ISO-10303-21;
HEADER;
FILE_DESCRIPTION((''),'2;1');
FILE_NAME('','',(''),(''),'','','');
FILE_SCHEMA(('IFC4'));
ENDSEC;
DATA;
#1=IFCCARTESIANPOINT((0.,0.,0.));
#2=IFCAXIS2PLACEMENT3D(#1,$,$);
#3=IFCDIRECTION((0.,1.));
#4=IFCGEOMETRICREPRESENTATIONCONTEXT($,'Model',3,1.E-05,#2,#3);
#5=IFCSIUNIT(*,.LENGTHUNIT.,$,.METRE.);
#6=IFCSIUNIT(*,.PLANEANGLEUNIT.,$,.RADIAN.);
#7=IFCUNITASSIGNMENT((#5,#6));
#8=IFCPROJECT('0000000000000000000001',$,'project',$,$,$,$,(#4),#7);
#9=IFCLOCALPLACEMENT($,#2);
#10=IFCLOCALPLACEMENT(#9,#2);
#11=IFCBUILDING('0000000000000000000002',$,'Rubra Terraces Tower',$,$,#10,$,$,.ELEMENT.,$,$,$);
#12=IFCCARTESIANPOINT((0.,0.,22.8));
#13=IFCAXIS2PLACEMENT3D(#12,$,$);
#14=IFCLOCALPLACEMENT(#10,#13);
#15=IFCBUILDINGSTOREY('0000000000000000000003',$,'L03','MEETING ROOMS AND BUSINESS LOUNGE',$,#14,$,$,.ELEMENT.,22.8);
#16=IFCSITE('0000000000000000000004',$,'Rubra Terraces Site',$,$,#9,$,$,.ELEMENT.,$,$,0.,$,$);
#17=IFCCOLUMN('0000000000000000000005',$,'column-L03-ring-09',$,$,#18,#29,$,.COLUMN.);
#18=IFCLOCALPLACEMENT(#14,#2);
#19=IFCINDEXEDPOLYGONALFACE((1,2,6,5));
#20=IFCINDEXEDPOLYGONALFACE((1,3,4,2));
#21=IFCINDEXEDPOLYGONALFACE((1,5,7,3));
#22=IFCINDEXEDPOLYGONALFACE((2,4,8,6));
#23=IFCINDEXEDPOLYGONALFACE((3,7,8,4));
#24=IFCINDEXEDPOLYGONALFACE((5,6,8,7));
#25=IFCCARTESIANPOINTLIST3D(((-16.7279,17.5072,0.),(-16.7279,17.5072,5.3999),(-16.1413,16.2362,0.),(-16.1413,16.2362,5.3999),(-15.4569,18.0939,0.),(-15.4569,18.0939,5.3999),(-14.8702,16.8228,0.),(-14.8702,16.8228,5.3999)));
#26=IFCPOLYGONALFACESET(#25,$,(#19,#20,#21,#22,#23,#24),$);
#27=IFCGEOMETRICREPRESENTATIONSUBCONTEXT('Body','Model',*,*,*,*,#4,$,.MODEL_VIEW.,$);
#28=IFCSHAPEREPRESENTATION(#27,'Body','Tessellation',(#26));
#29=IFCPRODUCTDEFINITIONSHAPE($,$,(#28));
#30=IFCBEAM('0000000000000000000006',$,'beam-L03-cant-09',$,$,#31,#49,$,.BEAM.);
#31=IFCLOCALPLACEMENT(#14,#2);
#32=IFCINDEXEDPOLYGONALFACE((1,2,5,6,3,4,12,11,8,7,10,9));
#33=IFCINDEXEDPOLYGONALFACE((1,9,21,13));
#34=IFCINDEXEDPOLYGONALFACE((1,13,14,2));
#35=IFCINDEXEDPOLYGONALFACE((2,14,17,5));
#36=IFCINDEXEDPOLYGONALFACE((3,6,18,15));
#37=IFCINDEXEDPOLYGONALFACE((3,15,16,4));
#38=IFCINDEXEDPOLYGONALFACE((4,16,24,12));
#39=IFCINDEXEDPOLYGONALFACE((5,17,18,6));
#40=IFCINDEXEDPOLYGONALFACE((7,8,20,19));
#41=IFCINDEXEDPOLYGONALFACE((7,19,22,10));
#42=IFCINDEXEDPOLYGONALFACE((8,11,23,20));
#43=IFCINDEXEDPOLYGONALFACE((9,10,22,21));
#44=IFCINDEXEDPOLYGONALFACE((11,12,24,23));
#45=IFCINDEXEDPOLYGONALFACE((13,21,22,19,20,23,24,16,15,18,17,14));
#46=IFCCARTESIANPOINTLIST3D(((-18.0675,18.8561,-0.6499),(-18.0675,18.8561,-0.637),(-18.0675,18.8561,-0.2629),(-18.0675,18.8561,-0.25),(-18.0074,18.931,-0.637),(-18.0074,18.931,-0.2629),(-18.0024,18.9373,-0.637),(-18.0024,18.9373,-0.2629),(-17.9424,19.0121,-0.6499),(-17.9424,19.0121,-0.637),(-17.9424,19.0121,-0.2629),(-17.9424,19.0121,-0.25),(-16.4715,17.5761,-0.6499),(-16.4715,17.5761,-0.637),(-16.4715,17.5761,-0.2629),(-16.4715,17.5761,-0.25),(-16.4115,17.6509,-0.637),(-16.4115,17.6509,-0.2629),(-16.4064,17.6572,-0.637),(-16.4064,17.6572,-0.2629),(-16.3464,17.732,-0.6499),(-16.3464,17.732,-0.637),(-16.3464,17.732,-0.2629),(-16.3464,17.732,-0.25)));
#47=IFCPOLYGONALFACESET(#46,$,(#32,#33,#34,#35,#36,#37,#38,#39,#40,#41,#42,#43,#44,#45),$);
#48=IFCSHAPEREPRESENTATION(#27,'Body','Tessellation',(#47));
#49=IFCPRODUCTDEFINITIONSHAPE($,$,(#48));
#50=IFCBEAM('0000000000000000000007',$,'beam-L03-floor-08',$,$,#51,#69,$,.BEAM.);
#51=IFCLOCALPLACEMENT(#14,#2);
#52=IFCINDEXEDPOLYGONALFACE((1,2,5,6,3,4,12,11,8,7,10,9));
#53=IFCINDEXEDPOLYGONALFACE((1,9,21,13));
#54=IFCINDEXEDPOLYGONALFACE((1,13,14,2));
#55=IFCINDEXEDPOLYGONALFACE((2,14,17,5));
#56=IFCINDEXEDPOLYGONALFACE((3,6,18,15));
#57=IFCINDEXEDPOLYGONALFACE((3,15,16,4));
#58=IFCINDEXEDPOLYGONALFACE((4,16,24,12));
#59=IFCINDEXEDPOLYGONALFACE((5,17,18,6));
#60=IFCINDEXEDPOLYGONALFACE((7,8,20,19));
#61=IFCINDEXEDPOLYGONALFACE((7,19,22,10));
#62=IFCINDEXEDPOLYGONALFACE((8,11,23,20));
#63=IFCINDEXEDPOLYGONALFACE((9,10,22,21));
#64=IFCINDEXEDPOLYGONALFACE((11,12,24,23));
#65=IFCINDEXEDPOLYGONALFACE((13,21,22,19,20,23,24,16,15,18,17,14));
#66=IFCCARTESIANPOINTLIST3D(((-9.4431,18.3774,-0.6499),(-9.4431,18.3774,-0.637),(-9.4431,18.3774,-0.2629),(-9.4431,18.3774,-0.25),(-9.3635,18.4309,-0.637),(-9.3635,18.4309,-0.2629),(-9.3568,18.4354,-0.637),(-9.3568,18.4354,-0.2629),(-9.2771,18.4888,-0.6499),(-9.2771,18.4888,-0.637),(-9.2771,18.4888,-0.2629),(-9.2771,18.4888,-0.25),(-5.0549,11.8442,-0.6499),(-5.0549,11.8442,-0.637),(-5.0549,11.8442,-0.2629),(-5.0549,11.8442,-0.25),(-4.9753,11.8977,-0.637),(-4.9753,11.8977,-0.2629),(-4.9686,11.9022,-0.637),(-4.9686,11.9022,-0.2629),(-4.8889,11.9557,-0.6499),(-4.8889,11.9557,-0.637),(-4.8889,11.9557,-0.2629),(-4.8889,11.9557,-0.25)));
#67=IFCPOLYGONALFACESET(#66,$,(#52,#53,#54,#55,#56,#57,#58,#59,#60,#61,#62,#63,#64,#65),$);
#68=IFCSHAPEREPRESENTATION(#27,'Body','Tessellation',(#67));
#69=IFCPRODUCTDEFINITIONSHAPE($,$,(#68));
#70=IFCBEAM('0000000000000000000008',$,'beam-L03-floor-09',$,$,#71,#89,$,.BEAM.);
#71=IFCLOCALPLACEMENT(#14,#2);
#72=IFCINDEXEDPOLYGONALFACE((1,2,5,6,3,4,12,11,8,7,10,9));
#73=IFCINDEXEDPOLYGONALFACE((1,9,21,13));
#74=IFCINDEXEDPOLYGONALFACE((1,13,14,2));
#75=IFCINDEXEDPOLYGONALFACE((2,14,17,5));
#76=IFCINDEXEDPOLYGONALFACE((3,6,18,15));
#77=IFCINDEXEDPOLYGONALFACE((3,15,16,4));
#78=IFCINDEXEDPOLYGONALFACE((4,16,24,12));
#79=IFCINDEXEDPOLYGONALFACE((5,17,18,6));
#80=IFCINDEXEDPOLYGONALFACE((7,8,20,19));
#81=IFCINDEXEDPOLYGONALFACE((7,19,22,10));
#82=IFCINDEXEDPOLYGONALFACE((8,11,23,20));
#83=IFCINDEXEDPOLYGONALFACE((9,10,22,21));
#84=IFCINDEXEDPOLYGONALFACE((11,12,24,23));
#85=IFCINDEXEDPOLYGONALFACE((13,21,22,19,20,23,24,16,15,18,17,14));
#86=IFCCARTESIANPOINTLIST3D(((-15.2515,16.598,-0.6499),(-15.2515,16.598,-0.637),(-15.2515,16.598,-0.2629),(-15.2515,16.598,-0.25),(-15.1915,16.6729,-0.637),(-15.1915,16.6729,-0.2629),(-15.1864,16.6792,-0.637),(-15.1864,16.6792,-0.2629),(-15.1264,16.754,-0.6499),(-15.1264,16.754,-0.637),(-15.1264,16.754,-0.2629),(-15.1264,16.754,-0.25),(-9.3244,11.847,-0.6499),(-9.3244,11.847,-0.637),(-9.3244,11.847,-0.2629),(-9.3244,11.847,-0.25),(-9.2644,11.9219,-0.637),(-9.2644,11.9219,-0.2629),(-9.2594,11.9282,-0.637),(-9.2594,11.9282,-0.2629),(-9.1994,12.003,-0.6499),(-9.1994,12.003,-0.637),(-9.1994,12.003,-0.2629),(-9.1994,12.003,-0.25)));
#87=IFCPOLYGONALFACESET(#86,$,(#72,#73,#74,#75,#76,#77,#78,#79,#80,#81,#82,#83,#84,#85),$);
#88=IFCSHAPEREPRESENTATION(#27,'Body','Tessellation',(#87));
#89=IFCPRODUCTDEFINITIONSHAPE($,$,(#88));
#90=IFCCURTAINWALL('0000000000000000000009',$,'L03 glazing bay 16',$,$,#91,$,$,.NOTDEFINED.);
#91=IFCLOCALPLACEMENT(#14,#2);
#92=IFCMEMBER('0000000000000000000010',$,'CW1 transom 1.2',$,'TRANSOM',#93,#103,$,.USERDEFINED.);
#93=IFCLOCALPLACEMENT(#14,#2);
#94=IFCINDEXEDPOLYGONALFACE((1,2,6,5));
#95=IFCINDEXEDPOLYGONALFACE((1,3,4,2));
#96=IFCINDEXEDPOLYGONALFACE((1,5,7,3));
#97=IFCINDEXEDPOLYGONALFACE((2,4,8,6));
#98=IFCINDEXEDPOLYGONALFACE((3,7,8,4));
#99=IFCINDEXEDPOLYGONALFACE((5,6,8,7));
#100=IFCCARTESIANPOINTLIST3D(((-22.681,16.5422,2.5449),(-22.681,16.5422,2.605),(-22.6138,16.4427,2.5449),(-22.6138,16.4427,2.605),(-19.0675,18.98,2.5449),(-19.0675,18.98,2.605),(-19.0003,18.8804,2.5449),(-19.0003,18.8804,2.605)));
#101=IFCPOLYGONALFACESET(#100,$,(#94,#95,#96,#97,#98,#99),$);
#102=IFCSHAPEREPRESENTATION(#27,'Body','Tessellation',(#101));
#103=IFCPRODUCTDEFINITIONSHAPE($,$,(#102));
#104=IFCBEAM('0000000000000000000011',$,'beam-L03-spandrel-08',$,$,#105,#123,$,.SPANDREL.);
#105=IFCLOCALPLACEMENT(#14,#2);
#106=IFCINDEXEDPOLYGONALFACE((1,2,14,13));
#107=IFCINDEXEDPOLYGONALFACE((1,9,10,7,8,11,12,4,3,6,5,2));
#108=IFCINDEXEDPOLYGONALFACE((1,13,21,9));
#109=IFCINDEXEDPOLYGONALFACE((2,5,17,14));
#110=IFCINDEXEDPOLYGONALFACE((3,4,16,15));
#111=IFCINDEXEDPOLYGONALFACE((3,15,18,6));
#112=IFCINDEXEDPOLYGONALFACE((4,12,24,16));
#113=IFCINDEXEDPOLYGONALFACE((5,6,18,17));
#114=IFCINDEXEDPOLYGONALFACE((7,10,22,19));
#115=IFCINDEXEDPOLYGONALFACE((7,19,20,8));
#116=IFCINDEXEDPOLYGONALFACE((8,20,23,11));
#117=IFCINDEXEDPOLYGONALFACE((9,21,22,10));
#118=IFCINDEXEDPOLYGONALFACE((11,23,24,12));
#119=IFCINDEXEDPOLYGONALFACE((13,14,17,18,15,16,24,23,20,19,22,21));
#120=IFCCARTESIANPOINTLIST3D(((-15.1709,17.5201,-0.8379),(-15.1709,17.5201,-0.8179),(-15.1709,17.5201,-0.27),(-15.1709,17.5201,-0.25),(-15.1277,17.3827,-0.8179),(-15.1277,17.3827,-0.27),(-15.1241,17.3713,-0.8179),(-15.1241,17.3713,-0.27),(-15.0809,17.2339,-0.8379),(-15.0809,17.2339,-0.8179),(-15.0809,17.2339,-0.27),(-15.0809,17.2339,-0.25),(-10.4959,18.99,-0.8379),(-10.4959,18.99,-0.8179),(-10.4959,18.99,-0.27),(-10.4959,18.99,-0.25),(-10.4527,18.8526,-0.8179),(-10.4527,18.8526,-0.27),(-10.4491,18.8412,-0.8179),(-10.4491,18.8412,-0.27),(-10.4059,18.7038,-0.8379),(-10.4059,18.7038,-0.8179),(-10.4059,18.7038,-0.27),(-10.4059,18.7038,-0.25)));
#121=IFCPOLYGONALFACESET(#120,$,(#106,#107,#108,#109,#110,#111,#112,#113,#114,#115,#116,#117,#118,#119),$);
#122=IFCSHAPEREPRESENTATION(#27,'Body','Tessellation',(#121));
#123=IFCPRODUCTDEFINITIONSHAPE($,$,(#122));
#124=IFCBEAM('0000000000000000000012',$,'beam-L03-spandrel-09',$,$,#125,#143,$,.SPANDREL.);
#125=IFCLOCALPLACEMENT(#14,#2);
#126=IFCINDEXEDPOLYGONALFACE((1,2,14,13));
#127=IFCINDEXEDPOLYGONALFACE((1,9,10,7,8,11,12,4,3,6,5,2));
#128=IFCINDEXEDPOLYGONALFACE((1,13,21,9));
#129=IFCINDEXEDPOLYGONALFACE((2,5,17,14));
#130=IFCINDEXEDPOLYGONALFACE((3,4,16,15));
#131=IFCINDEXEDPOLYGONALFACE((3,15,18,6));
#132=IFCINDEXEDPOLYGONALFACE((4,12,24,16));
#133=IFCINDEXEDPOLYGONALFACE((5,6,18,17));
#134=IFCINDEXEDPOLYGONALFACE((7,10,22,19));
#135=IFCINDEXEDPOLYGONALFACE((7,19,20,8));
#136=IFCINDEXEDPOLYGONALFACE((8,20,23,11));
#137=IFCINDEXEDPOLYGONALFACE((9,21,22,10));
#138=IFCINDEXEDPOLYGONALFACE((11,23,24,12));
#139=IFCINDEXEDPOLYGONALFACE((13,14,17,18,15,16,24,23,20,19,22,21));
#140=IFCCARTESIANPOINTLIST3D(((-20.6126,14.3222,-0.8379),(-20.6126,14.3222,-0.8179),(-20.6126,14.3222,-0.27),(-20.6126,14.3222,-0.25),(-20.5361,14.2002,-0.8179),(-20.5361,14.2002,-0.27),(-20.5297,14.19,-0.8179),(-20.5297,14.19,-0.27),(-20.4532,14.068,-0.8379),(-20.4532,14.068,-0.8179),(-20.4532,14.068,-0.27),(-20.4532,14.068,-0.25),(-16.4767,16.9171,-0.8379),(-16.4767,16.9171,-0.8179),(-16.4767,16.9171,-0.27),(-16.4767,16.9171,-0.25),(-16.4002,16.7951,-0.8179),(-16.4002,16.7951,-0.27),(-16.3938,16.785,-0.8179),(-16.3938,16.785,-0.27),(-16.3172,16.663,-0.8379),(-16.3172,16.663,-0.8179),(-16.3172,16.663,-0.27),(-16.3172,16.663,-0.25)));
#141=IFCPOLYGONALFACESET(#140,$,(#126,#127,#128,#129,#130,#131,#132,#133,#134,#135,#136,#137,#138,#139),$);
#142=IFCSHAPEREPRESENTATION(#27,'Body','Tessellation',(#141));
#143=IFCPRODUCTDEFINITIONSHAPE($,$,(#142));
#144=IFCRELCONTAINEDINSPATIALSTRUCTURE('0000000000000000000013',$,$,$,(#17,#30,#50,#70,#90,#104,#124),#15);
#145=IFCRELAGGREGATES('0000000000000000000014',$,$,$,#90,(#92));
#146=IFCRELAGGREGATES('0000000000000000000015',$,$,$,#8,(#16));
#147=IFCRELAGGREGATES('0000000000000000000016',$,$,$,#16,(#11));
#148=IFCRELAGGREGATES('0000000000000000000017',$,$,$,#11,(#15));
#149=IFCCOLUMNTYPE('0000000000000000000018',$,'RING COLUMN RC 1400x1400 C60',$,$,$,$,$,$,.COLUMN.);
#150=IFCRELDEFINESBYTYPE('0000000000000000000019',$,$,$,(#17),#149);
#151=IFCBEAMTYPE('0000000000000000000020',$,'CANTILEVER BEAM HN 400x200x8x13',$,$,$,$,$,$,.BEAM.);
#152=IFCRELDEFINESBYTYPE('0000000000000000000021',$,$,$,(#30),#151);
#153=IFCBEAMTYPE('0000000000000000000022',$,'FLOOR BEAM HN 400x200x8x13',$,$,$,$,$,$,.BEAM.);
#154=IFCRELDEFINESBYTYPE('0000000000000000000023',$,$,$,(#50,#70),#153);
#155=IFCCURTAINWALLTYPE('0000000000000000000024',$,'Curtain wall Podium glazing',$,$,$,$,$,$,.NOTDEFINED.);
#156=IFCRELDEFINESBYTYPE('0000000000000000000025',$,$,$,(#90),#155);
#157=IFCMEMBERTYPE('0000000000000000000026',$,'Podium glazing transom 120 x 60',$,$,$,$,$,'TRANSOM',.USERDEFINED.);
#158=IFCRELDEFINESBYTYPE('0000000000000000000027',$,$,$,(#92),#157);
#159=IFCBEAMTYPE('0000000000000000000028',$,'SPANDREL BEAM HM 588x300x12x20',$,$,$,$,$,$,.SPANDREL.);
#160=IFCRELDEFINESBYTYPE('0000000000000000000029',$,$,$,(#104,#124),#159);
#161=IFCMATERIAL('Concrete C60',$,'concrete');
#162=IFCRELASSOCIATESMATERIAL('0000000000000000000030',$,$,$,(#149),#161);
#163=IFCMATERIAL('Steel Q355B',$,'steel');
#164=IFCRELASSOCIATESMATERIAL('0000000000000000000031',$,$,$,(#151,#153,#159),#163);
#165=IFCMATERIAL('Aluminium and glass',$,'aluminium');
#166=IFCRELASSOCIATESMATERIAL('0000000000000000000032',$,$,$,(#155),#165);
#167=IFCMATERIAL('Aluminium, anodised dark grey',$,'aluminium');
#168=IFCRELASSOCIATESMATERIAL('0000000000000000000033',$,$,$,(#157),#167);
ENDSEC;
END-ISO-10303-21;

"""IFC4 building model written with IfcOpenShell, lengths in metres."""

from ifc_helpers import new_model, si_unit, direction, frame, origin, origin_2d, place, context, subcontext, project, spatial, rectangle, i_section, extrude, material, material_profile, profile_set, type_object, element, aggregate, save


model = new_model("IFC4")

# Units and contexts
model_context = context("Model", 3, precision=1e-05, world=origin(), true_north=direction((0.0, 1.0)))
body_context = subcontext(model_context, "Body", "Model", "MODEL_VIEW")
ifc_project = project(units=[si_unit("LENGTHUNIT", "METRE"), si_unit("PLANEANGLEUNIT", "RADIAN")], contexts=[model_context])

# Site, building, storey
site_placement = place(None, origin())
site = spatial("IfcSite", under=ifc_project, at=site_placement, Name="Rubra Terraces Site", CompositionType="ELEMENT", RefElevation=0.0)
building_placement = place(site_placement, origin())
building = spatial("IfcBuilding", under=site, at=building_placement, Name="Rubra Terraces Tower", CompositionType="ELEMENT")
storey_placement = place(building_placement, frame((0.0, 0.0, 22.8)))
storey = spatial("IfcBuildingStorey", under=building, at=storey_placement, Name="L03", Description="MEETING ROOMS AND BUSINESS LOUNGE", CompositionType="ELEMENT", Elevation=22.8)

# Column
ifc_material_1 = material(Name="Concrete C60", Category="concrete")
ifc_material_profile_1 = material_profile(ifc_material_1, rectangle(XDim=1.3999, YDim=1.3999, at=origin_2d()), Name="RC 1400x1400")
ifc_profile_set_1 = profile_set([ifc_material_profile_1], Name="Concrete C60")
column_type = type_object("IfcColumnType", Name="RING COLUMN RC 1400x1400 C60", PredefinedType="COLUMN", material=ifc_profile_set_1)
column_placement = place(storey_placement, frame((-15.7991, 17.165, 0.0), z_axis=(0.0, 0.0, 1.0), x_axis=(-0.907952, -0.419073, 0.0)))
element("IfcColumn", 1, at=column_placement, inside=storey, type_object=column_type, Name="column-L03-ring-09", PredefinedType="COLUMN", context=body_context, shape_type="SweptSolid", body=[
    extrude(rectangle(XDim=1.3999, YDim=1.3999, at=origin_2d()), origin(), (0.0, 0.0, 1.0), 5.3999),
])

# Beams
ifc_material_2 = material(Name="Steel Q355B", Category="steel")
ifc_material_profile_2 = material_profile(ifc_material_2, i_section(OverallWidth=0.2, OverallDepth=0.3999, WebThickness=0.0081, FlangeThickness=0.0129, at=origin_2d()), Name="HN 400x200x8x13")
ifc_profile_set_2 = profile_set([ifc_material_profile_2], Name="Steel Q355B")
beam_type_1 = type_object("IfcBeamType", Name="CANTILEVER BEAM HN 400x200x8x13", PredefinedType="BEAM", material=ifc_profile_set_2)
beam_1_placement = place(storey_placement, frame((-16.4089, 17.6541, -0.45), z_axis=(-0.780088, 0.62567, 0.0), x_axis=(-0.62567, -0.780088, 0.0)))
element("IfcBeam", 2, at=beam_1_placement, inside=storey, type_object=beam_type_1, Name="beam-L03-cant-09", PredefinedType="BEAM", context=body_context, shape_type="SweptSolid", body=[
    extrude(i_section(OverallWidth=0.2, OverallDepth=0.3999, WebThickness=0.0081, FlangeThickness=0.0129, at=origin_2d()), origin(), (0.0, 0.0, 1.0), 2.0459),
])
ifc_material_profile_3 = material_profile(ifc_material_2, i_section(OverallWidth=0.2, OverallDepth=0.3999, WebThickness=0.0081, FlangeThickness=0.0129, at=origin_2d()), Name="HN 400x200x8x13")
ifc_profile_set_3 = profile_set([ifc_material_profile_3], Name="Steel Q355B")
beam_type_2 = type_object("IfcBeamType", Name="FLOOR BEAM HN 400x200x8x13", PredefinedType="BEAM", material=ifc_profile_set_3)
beam_2_placement = place(storey_placement, frame((-9.3601, 18.4331, -0.45), z_axis=(0.557575, -0.830127, 0.0), x_axis=(0.830127, 0.557575, 0.0)))
element("IfcBeam", 3, at=beam_2_placement, inside=storey, type_object=beam_type_2, Name="beam-L03-floor-08", PredefinedType="BEAM", context=body_context, shape_type="SweptSolid", body=[
    extrude(i_section(OverallWidth=0.2, OverallDepth=0.3999, WebThickness=0.0081, FlangeThickness=0.0129, at=origin_2d()), origin(), (0.0, 0.0, 1.0), 7.8701),
])
beam_3_placement = place(storey_placement, frame((-15.189, 16.676, -0.45), z_axis=(0.780266, -0.625447, 0.0), x_axis=(0.625447, 0.780266, 0.0)))
element("IfcBeam", 4, at=beam_3_placement, inside=storey, type_object=beam_type_2, Name="beam-L03-floor-09", PredefinedType="BEAM", context=body_context, shape_type="SweptSolid", body=[
    extrude(i_section(OverallWidth=0.2, OverallDepth=0.3999, WebThickness=0.0081, FlangeThickness=0.0129, at=origin_2d()), origin(), (0.0, 0.0, 1.0), 7.5962),
])

# Curtain wall, member
ifc_material_3 = material(Name="Aluminium and glass", Category="aluminium")
curtain_wall_type = type_object("IfcCurtainWallType", Name="Curtain wall Podium glazing", PredefinedType="NOTDEFINED", material=ifc_material_3)
curtain_wall_placement = place(storey_placement, origin())
curtain_wall = element("IfcCurtainWall", 5, at=curtain_wall_placement, inside=storey, type_object=curtain_wall_type, Name="L03 glazing bay 16", PredefinedType="NOTDEFINED")
ifc_material_4 = material(Name="Aluminium, anodised dark grey", Category="aluminium")
ifc_material_profile_4 = material_profile(ifc_material_4, rectangle(XDim=0.1201, YDim=0.0601, at=origin_2d()), Name="AL 120x60")
ifc_profile_set_4 = profile_set([ifc_material_profile_4], Name="Aluminium, anodised dark grey")
member_type = type_object("IfcMemberType", Name="Podium glazing transom 120 x 60", ElementType="TRANSOM", PredefinedType="USERDEFINED", material=ifc_profile_set_4)
member_placement = place(storey_placement, frame((-19.0339, 18.9302, 2.575), z_axis=(-0.828996, -0.559254, 0.0), x_axis=(0.559254, -0.828996, 0.0)))
member = element("IfcMember", 6, at=member_placement, type_object=member_type, Name="CW1 transom 1.2", ObjectType="TRANSOM", PredefinedType="USERDEFINED", context=body_context, shape_type="SweptSolid", body=[
    extrude(rectangle(XDim=0.1201, YDim=0.0601, at=origin_2d()), origin(), (0.0, 0.0, 1.0), 4.3589),
])
aggregate(curtain_wall, [member])

# Beams
ifc_material_profile_5 = material_profile(ifc_material_2, i_section(OverallWidth=0.3, OverallDepth=0.5879, WebThickness=0.012, FlangeThickness=0.02, at=origin_2d()), Name="HM 588x300x12x20")
ifc_profile_set_5 = profile_set([ifc_material_profile_5], Name="Steel Q355B")
beam_type_3 = type_object("IfcBeamType", Name="SPANDREL BEAM HM 588x300x12x20", PredefinedType="SPANDREL", material=ifc_profile_set_5)
beam_4_placement = place(storey_placement, frame((-10.4509, 18.8469, -0.5439), z_axis=(-0.953955, -0.299951, 0.0), x_axis=(0.299951, -0.953955, 0.0)))
element("IfcBeam", 7, at=beam_4_placement, inside=storey, type_object=beam_type_3, Name="beam-L03-spandrel-08", PredefinedType="SPANDREL", context=body_context, shape_type="SweptSolid", body=[
    extrude(i_section(OverallWidth=0.3, OverallDepth=0.5879, WebThickness=0.012, FlangeThickness=0.02, at=origin_2d()), origin(), (0.0, 0.0, 1.0), 4.9006),
])
beam_5_placement = place(storey_placement, frame((-16.397, 16.79, -0.5439), z_axis=(-0.847078, -0.531468, 0.0), x_axis=(0.531468, -0.847078, 0.0)))
element("IfcBeam", 8, at=beam_5_placement, inside=storey, type_object=beam_type_3, Name="beam-L03-spandrel-09", PredefinedType="SPANDREL", context=body_context, shape_type="SweptSolid", body=[
    extrude(i_section(OverallWidth=0.3, OverallDepth=0.5879, WebThickness=0.012, FlangeThickness=0.02, at=origin_2d()), origin(), (0.0, 0.0, 1.0), 4.8826),
])

save(model, "model.ifc")
